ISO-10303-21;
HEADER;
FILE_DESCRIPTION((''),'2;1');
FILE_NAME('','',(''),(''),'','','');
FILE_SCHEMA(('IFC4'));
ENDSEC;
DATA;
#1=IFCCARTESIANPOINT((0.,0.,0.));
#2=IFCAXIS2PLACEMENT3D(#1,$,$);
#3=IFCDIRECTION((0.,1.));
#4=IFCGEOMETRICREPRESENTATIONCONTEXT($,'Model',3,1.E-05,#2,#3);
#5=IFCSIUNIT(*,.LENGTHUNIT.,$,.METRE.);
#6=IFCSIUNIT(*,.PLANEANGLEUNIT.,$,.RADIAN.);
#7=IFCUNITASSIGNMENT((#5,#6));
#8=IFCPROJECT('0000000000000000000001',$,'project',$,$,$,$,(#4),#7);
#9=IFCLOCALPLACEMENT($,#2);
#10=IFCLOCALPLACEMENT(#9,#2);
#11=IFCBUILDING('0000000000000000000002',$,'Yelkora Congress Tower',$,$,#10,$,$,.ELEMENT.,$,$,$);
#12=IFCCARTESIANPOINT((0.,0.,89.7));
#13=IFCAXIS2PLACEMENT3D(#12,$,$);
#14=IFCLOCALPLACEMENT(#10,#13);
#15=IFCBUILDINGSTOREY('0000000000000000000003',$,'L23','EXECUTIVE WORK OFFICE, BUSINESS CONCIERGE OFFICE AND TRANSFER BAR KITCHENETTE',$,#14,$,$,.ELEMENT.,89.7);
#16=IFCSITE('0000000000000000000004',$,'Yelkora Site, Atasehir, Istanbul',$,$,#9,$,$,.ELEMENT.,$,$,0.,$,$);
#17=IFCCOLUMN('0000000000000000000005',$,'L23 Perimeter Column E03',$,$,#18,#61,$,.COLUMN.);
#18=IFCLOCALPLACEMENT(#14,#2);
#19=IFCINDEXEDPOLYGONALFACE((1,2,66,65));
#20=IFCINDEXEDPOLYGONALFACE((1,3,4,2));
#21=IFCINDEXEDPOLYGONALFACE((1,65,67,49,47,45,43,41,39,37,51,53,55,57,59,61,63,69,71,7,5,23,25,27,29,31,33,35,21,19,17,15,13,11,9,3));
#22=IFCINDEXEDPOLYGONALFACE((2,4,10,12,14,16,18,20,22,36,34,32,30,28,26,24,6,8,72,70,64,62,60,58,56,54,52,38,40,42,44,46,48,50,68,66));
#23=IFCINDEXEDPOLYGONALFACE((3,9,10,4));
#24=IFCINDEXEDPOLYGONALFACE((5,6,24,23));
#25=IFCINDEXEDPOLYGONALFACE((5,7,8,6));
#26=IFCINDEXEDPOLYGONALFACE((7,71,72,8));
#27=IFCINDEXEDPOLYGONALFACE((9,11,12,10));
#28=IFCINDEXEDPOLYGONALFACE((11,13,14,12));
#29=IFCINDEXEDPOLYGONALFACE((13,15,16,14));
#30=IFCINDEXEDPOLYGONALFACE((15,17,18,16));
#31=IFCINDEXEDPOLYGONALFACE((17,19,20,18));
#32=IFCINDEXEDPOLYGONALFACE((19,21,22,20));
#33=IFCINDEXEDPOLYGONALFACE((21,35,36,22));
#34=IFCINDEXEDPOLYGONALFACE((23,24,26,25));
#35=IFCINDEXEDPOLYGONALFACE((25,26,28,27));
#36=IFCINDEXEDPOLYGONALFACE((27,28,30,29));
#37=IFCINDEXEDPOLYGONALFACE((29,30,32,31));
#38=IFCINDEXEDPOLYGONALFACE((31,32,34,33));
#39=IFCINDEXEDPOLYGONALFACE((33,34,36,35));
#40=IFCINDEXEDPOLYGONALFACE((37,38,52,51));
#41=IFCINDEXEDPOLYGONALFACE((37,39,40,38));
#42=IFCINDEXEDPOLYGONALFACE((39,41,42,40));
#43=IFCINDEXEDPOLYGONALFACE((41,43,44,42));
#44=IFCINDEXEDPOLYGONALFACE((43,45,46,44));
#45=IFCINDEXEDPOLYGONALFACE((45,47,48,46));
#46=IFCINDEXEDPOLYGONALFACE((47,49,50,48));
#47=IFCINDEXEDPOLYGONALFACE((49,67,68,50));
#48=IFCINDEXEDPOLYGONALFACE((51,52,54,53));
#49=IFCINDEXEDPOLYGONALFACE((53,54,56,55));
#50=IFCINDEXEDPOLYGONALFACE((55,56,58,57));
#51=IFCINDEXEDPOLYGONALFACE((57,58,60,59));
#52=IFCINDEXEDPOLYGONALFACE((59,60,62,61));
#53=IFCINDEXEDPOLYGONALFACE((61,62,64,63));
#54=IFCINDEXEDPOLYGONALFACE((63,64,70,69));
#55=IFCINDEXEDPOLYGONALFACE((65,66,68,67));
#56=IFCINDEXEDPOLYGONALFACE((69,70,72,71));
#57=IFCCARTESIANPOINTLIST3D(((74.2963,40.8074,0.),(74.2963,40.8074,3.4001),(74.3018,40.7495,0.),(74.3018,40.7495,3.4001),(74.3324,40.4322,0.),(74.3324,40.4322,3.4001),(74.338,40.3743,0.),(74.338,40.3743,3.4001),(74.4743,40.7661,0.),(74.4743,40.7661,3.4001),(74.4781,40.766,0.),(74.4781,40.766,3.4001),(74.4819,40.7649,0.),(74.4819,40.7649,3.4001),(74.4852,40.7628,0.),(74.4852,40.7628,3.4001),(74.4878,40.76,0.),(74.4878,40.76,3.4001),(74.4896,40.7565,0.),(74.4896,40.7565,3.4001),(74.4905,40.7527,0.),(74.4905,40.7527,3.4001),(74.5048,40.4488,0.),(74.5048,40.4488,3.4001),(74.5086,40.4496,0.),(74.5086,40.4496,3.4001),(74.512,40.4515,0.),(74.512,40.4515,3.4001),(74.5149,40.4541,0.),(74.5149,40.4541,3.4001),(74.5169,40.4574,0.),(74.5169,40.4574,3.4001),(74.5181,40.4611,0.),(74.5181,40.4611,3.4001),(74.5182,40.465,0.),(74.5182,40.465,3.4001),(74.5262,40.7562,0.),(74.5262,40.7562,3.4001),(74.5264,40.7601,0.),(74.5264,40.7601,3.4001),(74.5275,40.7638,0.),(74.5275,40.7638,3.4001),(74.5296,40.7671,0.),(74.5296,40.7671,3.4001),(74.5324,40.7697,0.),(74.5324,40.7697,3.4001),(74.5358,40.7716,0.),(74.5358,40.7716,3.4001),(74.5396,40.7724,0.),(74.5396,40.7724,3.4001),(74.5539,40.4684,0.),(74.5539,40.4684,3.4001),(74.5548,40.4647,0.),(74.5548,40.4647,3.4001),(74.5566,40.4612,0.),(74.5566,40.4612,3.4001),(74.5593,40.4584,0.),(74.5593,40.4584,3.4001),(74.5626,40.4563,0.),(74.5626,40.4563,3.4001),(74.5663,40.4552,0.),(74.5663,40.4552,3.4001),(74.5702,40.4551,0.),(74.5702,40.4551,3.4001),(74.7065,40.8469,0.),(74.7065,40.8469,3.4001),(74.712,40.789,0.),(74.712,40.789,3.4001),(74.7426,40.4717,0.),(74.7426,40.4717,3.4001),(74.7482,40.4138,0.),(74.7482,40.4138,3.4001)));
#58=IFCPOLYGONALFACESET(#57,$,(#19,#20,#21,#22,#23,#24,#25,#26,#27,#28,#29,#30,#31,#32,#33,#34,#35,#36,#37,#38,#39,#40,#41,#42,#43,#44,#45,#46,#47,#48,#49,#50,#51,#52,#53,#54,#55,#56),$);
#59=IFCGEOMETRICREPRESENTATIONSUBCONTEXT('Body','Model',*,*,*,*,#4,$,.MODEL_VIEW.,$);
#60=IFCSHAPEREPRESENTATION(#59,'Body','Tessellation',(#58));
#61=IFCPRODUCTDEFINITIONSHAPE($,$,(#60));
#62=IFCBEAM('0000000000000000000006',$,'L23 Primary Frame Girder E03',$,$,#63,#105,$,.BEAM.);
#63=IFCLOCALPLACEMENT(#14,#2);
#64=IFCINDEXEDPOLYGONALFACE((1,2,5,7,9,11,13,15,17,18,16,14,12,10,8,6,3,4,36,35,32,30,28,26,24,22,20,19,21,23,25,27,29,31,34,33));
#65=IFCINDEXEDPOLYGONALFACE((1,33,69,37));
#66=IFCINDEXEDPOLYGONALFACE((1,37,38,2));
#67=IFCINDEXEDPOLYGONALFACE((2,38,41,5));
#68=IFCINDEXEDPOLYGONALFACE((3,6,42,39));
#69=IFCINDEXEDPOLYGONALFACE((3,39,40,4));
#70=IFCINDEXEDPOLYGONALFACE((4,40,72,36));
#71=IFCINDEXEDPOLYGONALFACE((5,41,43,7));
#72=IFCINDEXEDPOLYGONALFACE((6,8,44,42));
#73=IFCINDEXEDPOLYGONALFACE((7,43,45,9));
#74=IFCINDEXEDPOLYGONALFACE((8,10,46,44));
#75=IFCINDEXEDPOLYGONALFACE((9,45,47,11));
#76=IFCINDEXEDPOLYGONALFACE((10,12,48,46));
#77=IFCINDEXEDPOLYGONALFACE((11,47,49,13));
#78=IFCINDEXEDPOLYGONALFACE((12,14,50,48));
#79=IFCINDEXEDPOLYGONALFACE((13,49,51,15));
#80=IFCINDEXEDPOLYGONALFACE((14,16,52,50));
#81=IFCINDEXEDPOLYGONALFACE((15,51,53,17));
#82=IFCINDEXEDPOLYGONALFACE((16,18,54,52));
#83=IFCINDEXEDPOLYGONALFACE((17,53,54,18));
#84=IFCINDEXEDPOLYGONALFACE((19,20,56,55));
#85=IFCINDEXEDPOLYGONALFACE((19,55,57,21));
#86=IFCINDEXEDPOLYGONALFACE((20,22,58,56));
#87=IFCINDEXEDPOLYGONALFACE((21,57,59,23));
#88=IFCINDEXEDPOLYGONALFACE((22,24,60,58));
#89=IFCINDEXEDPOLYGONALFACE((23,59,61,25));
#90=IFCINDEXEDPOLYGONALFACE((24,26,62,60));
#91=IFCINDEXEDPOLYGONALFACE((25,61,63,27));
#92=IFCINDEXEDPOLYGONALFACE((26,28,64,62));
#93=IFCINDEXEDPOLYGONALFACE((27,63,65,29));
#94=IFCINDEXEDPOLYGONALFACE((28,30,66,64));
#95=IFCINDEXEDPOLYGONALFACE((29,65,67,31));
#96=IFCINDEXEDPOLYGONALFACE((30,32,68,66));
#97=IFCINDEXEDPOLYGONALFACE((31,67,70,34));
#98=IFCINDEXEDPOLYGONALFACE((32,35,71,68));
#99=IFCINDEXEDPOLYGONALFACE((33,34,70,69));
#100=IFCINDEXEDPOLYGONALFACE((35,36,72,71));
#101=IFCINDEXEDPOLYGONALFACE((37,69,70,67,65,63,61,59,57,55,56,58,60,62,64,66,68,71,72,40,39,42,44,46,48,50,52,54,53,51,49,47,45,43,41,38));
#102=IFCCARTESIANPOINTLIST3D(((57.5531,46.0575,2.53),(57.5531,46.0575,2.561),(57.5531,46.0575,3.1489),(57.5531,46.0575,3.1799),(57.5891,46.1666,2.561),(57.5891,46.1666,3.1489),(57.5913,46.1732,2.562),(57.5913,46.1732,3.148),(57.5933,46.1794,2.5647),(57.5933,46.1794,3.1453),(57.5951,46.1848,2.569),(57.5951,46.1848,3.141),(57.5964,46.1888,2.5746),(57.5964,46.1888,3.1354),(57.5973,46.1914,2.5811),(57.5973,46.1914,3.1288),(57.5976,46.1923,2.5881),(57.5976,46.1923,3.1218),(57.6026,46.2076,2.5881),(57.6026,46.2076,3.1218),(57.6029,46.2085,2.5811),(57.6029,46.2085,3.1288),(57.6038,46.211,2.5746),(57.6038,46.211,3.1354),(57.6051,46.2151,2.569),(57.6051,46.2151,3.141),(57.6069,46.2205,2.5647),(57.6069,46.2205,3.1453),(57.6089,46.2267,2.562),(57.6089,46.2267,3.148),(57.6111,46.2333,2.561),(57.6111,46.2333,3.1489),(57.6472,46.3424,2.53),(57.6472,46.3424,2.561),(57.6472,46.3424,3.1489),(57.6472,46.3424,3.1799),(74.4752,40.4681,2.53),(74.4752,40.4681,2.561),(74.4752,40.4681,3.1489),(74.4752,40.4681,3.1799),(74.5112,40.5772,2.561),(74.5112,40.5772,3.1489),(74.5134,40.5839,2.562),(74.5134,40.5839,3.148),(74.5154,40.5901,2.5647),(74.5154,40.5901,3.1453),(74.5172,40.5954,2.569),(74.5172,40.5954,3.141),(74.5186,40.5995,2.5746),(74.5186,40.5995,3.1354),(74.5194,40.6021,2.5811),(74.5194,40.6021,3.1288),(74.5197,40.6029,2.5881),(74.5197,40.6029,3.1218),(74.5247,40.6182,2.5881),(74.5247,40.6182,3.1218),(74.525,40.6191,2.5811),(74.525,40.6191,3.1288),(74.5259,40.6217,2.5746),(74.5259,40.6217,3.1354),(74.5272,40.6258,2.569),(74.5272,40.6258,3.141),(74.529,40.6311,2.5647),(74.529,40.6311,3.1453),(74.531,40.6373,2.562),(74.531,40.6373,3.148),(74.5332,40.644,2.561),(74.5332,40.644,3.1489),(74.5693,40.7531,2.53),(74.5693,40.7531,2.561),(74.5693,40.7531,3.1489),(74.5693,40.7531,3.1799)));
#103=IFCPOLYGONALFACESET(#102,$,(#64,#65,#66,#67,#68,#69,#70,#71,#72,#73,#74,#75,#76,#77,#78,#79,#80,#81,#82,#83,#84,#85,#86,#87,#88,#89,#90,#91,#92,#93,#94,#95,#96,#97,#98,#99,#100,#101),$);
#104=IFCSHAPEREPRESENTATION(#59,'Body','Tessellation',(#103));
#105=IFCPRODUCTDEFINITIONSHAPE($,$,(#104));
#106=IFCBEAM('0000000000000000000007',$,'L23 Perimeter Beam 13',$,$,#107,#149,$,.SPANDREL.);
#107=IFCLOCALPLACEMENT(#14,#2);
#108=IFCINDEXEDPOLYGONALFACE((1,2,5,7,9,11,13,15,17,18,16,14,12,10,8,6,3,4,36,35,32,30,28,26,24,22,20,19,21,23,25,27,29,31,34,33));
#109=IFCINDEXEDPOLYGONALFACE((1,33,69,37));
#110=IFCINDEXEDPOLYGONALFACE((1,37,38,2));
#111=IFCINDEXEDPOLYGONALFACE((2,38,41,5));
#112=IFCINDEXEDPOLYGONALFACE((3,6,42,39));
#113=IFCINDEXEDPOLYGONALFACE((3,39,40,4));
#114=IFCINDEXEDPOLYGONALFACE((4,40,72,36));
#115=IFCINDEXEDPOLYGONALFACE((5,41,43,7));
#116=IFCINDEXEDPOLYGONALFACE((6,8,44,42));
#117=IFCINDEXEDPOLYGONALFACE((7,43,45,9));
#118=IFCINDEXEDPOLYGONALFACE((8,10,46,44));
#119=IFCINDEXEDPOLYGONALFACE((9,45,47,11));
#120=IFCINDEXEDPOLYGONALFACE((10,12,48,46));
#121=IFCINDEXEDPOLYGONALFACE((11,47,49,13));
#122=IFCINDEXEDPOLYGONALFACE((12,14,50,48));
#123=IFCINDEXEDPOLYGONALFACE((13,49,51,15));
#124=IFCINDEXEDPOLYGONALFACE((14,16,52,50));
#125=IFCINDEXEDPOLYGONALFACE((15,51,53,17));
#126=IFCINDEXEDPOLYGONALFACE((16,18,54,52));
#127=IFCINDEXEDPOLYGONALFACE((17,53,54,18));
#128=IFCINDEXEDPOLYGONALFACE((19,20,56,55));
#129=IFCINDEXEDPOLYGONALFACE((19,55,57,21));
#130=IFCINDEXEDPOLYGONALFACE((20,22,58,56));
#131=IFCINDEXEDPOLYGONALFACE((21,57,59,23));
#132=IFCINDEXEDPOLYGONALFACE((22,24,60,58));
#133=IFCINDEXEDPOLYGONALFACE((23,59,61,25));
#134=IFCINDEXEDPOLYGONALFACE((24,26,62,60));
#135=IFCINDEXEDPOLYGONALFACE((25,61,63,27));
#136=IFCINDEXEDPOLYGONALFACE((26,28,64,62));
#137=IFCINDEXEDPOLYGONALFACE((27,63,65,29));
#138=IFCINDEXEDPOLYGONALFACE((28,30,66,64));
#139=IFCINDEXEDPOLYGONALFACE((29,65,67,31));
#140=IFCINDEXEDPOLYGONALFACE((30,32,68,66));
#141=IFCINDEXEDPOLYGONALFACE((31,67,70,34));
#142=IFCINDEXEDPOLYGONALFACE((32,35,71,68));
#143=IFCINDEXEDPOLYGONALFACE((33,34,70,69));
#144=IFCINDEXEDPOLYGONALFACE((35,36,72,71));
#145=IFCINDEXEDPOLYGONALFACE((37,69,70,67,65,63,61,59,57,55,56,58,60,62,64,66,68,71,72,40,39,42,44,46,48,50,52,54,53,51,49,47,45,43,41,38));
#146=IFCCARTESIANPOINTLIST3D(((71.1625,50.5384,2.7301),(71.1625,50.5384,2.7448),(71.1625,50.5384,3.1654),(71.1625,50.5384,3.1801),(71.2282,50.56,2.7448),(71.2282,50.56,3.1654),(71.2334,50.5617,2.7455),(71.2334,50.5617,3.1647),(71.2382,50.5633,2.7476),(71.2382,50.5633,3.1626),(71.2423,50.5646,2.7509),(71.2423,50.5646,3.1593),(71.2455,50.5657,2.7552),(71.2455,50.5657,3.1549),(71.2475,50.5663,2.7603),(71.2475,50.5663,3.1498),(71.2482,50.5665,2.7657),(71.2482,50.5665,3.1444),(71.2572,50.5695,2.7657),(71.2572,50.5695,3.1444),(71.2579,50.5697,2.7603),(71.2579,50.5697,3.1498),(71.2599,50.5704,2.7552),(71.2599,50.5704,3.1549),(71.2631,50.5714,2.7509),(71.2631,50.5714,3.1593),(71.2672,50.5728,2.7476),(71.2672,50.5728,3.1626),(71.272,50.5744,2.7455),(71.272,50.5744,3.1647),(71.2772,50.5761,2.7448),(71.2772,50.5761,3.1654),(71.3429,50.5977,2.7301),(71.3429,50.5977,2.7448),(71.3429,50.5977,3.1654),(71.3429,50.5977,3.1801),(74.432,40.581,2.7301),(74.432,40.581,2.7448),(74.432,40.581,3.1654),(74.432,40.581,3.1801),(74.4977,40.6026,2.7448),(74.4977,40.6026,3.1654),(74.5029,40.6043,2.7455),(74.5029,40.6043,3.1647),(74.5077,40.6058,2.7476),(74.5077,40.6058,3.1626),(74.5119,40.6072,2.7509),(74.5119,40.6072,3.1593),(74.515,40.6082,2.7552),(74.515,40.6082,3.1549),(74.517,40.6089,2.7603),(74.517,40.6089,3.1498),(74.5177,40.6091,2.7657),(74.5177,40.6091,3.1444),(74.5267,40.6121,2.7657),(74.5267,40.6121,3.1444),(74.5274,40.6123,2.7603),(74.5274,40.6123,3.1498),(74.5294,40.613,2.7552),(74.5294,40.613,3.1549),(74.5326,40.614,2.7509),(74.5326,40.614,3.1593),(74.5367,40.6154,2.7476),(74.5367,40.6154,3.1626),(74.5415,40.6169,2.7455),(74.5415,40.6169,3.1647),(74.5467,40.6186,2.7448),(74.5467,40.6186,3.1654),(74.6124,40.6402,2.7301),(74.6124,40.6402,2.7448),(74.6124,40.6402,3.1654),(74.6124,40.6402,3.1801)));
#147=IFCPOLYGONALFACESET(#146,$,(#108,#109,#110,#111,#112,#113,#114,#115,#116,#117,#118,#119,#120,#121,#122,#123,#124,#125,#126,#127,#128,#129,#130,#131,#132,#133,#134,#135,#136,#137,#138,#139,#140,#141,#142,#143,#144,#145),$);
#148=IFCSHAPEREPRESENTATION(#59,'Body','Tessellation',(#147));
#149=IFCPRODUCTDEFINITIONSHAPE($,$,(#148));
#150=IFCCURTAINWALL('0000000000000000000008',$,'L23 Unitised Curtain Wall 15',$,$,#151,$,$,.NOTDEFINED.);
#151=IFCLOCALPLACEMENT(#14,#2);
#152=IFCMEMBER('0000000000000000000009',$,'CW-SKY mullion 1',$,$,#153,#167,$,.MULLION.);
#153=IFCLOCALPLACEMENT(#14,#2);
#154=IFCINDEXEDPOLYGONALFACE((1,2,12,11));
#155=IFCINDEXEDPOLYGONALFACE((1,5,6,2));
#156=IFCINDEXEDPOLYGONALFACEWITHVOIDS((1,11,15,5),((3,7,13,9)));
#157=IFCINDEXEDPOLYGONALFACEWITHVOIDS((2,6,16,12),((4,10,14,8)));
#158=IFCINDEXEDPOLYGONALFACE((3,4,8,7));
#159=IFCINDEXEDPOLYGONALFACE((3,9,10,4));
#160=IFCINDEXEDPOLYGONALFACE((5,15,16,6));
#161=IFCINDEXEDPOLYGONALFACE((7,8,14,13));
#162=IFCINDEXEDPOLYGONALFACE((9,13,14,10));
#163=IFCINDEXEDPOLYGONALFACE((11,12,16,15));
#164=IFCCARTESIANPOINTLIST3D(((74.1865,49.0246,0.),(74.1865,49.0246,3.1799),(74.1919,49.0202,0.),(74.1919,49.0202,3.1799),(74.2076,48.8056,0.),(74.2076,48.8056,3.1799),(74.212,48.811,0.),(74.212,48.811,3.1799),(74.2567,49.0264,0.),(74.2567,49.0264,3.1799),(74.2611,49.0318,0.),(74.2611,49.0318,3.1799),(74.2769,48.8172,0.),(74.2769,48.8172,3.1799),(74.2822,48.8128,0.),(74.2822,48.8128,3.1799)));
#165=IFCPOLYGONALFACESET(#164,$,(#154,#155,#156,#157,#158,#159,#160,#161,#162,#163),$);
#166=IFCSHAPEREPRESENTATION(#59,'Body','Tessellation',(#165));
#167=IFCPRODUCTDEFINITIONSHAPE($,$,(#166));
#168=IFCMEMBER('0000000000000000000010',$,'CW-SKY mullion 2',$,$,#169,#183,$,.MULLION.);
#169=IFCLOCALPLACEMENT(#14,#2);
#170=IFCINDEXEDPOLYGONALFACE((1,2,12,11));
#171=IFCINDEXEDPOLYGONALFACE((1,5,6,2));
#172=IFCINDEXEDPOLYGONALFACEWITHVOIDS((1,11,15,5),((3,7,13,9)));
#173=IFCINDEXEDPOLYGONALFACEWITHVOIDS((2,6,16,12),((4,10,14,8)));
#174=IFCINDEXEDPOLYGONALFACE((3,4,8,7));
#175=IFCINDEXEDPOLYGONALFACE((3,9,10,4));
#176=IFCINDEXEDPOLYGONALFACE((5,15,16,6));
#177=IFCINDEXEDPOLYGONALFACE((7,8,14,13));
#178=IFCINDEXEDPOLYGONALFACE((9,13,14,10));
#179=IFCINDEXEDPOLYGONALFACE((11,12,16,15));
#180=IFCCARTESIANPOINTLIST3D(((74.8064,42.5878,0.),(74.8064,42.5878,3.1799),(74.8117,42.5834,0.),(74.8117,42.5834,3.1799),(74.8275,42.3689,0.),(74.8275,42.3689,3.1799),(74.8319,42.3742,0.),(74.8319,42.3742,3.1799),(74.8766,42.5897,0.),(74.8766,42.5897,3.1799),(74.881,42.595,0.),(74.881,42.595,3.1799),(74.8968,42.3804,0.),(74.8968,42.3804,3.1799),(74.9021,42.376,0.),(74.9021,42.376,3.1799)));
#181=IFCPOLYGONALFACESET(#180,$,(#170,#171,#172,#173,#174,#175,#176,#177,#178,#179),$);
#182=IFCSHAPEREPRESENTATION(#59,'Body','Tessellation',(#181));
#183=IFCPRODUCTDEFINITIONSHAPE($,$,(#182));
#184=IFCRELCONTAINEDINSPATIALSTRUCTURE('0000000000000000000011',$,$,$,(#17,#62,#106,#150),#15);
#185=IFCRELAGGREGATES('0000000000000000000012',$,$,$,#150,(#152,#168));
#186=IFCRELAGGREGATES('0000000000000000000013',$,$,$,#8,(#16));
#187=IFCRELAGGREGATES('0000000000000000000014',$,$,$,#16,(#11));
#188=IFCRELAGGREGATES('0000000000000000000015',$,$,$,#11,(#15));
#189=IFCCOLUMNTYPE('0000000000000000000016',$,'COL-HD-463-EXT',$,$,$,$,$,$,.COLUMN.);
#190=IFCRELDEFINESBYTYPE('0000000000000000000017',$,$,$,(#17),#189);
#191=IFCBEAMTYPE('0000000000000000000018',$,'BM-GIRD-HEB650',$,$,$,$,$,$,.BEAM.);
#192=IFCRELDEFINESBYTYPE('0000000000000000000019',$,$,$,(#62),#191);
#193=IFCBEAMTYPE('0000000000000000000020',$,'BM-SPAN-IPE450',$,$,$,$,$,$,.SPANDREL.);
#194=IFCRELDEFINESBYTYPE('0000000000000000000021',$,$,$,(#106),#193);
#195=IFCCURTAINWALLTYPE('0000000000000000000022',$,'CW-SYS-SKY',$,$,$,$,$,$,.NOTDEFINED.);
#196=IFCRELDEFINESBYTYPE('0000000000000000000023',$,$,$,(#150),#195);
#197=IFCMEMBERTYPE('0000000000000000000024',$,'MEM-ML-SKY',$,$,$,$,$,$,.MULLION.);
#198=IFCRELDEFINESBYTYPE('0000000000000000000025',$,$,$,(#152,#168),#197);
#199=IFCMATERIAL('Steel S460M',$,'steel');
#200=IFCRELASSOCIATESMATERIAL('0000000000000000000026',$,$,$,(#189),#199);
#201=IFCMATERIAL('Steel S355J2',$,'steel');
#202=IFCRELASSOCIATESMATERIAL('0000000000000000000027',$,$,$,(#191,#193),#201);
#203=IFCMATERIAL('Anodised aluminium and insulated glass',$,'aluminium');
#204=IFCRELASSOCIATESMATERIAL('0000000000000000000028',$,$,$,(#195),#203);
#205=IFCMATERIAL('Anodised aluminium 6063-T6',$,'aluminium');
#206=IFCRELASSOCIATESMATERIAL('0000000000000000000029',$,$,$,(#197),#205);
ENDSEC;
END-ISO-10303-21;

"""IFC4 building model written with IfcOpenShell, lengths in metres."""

from ifc_helpers import new_model, si_unit, direction, frame, origin, origin_2d, place, context, subcontext, project, spatial, hollow_rectangle, i_section, extrude, material, material_profile, profile_set, type_object, element, aggregate, save


model = new_model("IFC4")

# Units and contexts
model_context = context("Model", 3, precision=1e-05, world=origin(), true_north=direction((0.0, 1.0)))
body_context = subcontext(model_context, "Body", "Model", "MODEL_VIEW")
ifc_project = project(units=[si_unit("LENGTHUNIT", "METRE"), si_unit("PLANEANGLEUNIT", "RADIAN")], contexts=[model_context])

# Site, building, storey
site_placement = place(None, origin())
site = spatial("IfcSite", under=ifc_project, at=site_placement, Name="Yelkora Site, Atasehir, Istanbul", CompositionType="ELEMENT", RefElevation=0.0)
building_placement = place(site_placement, origin())
building = spatial("IfcBuilding", under=site, at=building_placement, Name="Yelkora Congress Tower", CompositionType="ELEMENT")
storey_placement = place(building_placement, frame((0.0, 0.0, 89.7)))
storey = spatial("IfcBuildingStorey", under=building, at=storey_placement, Name="L23", Description="EXECUTIVE WORK OFFICE, BUSINESS CONCIERGE OFFICE AND TRANSFER BAR KITCHENETTE", CompositionType="ELEMENT", Elevation=89.7)

# Column
ifc_material_1 = material(Name="Steel S460M", Category="steel")
ifc_material_profile_1 = material_profile(ifc_material_1, i_section(OverallWidth=0.4121, OverallDepth=0.4351, WebThickness=0.0359, FlangeThickness=0.0581, FilletRadius=0.0149, at=origin_2d()), Name="HD 400x463")
ifc_profile_set_1 = profile_set([ifc_material_profile_1], Name="Steel S460M")
column_type = type_object("IfcColumnType", Name="COL-HD-463-EXT", PredefinedType="COLUMN", material=ifc_profile_set_1)
column_placement = place(storey_placement, frame((74.5222, 40.6106, 0.0), z_axis=(0.0, 0.0, 1.0), x_axis=(0.995396, 0.095846, 0.0)))
element("IfcColumn", 1, at=column_placement, inside=storey, type_object=column_type, Name="L23 Perimeter Column E03", PredefinedType="COLUMN", context=body_context, shape_type="SweptSolid", body=[
    extrude(i_section(OverallWidth=0.4121, OverallDepth=0.4351, WebThickness=0.0359, FlangeThickness=0.0581, FilletRadius=0.0149, at=origin_2d()), origin(), (0.0, 0.0, 1.0), 3.4001),
])

# Beams
ifc_material_2 = material(Name="Steel S355J2", Category="steel")
ifc_material_profile_2 = material_profile(ifc_material_2, i_section(OverallWidth=0.3, OverallDepth=0.6499, WebThickness=0.0161, FlangeThickness=0.031, FilletRadius=0.0271, at=origin_2d()), Name="HEB 650")
ifc_profile_set_2 = profile_set([ifc_material_profile_2], Name="Steel S355J2")
beam_type_1 = type_object("IfcBeamType", Name="BM-GIRD-HEB650", PredefinedType="BEAM", material=ifc_profile_set_2)
beam_1_placement = place(storey_placement, frame((74.5222, 40.6106, 2.855), z_axis=(-0.949544, 0.313633, 0.0), x_axis=(-0.313633, -0.949544, 0.0)))
element("IfcBeam", 2, at=beam_1_placement, inside=storey, type_object=beam_type_1, Name="L23 Primary Frame Girder E03", PredefinedType="BEAM", context=body_context, shape_type="SweptSolid", body=[
    extrude(i_section(OverallWidth=0.3, OverallDepth=0.6499, WebThickness=0.0161, FlangeThickness=0.031, FilletRadius=0.0271, at=origin_2d()), origin(), (0.0, 0.0, 1.0), 17.8213),
])
ifc_material_profile_3 = material_profile(ifc_material_2, i_section(OverallWidth=0.1899, OverallDepth=0.45, WebThickness=0.0095, FlangeThickness=0.0146, FilletRadius=0.021, at=origin_2d()), Name="IPE 450")
ifc_profile_set_3 = profile_set([ifc_material_profile_3], Name="Steel S355J2")
beam_type_2 = type_object("IfcBeamType", Name="BM-SPAN-IPE450", PredefinedType="SPANDREL", material=ifc_profile_set_3)
beam_2_placement = place(storey_placement, frame((74.5222, 40.6106, 2.9551), z_axis=(-0.311962, 0.950095, 0.0), x_axis=(-0.950095, -0.311962, 0.0)))
element("IfcBeam", 3, at=beam_2_placement, inside=storey, type_object=beam_type_2, Name="L23 Perimeter Beam 13", PredefinedType="SPANDREL", context=body_context, shape_type="SweptSolid", body=[
    extrude(i_section(OverallWidth=0.1899, OverallDepth=0.45, WebThickness=0.0095, FlangeThickness=0.0146, FilletRadius=0.021, at=origin_2d()), origin(), (0.0, 0.0, 1.0), 10.4805),
])

# Curtain wall, members
ifc_material_3 = material(Name="Anodised aluminium and insulated glass", Category="aluminium")
curtain_wall_type = type_object("IfcCurtainWallType", Name="CW-SYS-SKY", PredefinedType="NOTDEFINED", material=ifc_material_3)
curtain_wall_placement = place(storey_placement, origin())
curtain_wall = element("IfcCurtainWall", 4, at=curtain_wall_placement, inside=storey, type_object=curtain_wall_type, Name="L23 Unitised Curtain Wall 15", PredefinedType="NOTDEFINED")
ifc_material_4 = material(Name="Anodised aluminium 6063-T6", Category="aluminium")
ifc_material_profile_4 = material_profile(ifc_material_4, hollow_rectangle(XDim=0.075, YDim=0.22, WallThickness=0.0049, at=origin_2d()), Name="ALU 75x220x5")
ifc_profile_set_4 = profile_set([ifc_material_profile_4], Name="Anodised aluminium 6063-T6")
member_type_1 = type_object("IfcMemberType", Name="MEM-ML-SKY", PredefinedType="MULLION", material=ifc_profile_set_4)
member_1_placement = place(storey_placement, frame((74.2344, 48.9187, 0.0), z_axis=(0.0, 0.0, 1.0), x_axis=(0.995397, 0.095843, 0.0)))
member_1 = element("IfcMember", 5, at=member_1_placement, type_object=member_type_1, Name="CW-SKY mullion 1", PredefinedType="MULLION", context=body_context, shape_type="SweptSolid", body=[
    extrude(hollow_rectangle(XDim=0.075, YDim=0.22, WallThickness=0.0049, at=origin_2d()), origin(), (0.0, 0.0, 1.0), 3.1799),
])
member_2_placement = place(storey_placement, frame((74.8542, 42.4819, 0.0), z_axis=(0.0, 0.0, 1.0), x_axis=(0.995397, 0.095843, 0.0)))
member_2 = element("IfcMember", 6, at=member_2_placement, type_object=member_type_1, Name="CW-SKY mullion 2", PredefinedType="MULLION", context=body_context, shape_type="SweptSolid", body=[
    extrude(hollow_rectangle(XDim=0.075, YDim=0.22, WallThickness=0.0049, at=origin_2d()), origin(), (0.0, 0.0, 1.0), 3.1799),
])
aggregate(curtain_wall, [member_1, member_2])

save(model, "model.ifc")
